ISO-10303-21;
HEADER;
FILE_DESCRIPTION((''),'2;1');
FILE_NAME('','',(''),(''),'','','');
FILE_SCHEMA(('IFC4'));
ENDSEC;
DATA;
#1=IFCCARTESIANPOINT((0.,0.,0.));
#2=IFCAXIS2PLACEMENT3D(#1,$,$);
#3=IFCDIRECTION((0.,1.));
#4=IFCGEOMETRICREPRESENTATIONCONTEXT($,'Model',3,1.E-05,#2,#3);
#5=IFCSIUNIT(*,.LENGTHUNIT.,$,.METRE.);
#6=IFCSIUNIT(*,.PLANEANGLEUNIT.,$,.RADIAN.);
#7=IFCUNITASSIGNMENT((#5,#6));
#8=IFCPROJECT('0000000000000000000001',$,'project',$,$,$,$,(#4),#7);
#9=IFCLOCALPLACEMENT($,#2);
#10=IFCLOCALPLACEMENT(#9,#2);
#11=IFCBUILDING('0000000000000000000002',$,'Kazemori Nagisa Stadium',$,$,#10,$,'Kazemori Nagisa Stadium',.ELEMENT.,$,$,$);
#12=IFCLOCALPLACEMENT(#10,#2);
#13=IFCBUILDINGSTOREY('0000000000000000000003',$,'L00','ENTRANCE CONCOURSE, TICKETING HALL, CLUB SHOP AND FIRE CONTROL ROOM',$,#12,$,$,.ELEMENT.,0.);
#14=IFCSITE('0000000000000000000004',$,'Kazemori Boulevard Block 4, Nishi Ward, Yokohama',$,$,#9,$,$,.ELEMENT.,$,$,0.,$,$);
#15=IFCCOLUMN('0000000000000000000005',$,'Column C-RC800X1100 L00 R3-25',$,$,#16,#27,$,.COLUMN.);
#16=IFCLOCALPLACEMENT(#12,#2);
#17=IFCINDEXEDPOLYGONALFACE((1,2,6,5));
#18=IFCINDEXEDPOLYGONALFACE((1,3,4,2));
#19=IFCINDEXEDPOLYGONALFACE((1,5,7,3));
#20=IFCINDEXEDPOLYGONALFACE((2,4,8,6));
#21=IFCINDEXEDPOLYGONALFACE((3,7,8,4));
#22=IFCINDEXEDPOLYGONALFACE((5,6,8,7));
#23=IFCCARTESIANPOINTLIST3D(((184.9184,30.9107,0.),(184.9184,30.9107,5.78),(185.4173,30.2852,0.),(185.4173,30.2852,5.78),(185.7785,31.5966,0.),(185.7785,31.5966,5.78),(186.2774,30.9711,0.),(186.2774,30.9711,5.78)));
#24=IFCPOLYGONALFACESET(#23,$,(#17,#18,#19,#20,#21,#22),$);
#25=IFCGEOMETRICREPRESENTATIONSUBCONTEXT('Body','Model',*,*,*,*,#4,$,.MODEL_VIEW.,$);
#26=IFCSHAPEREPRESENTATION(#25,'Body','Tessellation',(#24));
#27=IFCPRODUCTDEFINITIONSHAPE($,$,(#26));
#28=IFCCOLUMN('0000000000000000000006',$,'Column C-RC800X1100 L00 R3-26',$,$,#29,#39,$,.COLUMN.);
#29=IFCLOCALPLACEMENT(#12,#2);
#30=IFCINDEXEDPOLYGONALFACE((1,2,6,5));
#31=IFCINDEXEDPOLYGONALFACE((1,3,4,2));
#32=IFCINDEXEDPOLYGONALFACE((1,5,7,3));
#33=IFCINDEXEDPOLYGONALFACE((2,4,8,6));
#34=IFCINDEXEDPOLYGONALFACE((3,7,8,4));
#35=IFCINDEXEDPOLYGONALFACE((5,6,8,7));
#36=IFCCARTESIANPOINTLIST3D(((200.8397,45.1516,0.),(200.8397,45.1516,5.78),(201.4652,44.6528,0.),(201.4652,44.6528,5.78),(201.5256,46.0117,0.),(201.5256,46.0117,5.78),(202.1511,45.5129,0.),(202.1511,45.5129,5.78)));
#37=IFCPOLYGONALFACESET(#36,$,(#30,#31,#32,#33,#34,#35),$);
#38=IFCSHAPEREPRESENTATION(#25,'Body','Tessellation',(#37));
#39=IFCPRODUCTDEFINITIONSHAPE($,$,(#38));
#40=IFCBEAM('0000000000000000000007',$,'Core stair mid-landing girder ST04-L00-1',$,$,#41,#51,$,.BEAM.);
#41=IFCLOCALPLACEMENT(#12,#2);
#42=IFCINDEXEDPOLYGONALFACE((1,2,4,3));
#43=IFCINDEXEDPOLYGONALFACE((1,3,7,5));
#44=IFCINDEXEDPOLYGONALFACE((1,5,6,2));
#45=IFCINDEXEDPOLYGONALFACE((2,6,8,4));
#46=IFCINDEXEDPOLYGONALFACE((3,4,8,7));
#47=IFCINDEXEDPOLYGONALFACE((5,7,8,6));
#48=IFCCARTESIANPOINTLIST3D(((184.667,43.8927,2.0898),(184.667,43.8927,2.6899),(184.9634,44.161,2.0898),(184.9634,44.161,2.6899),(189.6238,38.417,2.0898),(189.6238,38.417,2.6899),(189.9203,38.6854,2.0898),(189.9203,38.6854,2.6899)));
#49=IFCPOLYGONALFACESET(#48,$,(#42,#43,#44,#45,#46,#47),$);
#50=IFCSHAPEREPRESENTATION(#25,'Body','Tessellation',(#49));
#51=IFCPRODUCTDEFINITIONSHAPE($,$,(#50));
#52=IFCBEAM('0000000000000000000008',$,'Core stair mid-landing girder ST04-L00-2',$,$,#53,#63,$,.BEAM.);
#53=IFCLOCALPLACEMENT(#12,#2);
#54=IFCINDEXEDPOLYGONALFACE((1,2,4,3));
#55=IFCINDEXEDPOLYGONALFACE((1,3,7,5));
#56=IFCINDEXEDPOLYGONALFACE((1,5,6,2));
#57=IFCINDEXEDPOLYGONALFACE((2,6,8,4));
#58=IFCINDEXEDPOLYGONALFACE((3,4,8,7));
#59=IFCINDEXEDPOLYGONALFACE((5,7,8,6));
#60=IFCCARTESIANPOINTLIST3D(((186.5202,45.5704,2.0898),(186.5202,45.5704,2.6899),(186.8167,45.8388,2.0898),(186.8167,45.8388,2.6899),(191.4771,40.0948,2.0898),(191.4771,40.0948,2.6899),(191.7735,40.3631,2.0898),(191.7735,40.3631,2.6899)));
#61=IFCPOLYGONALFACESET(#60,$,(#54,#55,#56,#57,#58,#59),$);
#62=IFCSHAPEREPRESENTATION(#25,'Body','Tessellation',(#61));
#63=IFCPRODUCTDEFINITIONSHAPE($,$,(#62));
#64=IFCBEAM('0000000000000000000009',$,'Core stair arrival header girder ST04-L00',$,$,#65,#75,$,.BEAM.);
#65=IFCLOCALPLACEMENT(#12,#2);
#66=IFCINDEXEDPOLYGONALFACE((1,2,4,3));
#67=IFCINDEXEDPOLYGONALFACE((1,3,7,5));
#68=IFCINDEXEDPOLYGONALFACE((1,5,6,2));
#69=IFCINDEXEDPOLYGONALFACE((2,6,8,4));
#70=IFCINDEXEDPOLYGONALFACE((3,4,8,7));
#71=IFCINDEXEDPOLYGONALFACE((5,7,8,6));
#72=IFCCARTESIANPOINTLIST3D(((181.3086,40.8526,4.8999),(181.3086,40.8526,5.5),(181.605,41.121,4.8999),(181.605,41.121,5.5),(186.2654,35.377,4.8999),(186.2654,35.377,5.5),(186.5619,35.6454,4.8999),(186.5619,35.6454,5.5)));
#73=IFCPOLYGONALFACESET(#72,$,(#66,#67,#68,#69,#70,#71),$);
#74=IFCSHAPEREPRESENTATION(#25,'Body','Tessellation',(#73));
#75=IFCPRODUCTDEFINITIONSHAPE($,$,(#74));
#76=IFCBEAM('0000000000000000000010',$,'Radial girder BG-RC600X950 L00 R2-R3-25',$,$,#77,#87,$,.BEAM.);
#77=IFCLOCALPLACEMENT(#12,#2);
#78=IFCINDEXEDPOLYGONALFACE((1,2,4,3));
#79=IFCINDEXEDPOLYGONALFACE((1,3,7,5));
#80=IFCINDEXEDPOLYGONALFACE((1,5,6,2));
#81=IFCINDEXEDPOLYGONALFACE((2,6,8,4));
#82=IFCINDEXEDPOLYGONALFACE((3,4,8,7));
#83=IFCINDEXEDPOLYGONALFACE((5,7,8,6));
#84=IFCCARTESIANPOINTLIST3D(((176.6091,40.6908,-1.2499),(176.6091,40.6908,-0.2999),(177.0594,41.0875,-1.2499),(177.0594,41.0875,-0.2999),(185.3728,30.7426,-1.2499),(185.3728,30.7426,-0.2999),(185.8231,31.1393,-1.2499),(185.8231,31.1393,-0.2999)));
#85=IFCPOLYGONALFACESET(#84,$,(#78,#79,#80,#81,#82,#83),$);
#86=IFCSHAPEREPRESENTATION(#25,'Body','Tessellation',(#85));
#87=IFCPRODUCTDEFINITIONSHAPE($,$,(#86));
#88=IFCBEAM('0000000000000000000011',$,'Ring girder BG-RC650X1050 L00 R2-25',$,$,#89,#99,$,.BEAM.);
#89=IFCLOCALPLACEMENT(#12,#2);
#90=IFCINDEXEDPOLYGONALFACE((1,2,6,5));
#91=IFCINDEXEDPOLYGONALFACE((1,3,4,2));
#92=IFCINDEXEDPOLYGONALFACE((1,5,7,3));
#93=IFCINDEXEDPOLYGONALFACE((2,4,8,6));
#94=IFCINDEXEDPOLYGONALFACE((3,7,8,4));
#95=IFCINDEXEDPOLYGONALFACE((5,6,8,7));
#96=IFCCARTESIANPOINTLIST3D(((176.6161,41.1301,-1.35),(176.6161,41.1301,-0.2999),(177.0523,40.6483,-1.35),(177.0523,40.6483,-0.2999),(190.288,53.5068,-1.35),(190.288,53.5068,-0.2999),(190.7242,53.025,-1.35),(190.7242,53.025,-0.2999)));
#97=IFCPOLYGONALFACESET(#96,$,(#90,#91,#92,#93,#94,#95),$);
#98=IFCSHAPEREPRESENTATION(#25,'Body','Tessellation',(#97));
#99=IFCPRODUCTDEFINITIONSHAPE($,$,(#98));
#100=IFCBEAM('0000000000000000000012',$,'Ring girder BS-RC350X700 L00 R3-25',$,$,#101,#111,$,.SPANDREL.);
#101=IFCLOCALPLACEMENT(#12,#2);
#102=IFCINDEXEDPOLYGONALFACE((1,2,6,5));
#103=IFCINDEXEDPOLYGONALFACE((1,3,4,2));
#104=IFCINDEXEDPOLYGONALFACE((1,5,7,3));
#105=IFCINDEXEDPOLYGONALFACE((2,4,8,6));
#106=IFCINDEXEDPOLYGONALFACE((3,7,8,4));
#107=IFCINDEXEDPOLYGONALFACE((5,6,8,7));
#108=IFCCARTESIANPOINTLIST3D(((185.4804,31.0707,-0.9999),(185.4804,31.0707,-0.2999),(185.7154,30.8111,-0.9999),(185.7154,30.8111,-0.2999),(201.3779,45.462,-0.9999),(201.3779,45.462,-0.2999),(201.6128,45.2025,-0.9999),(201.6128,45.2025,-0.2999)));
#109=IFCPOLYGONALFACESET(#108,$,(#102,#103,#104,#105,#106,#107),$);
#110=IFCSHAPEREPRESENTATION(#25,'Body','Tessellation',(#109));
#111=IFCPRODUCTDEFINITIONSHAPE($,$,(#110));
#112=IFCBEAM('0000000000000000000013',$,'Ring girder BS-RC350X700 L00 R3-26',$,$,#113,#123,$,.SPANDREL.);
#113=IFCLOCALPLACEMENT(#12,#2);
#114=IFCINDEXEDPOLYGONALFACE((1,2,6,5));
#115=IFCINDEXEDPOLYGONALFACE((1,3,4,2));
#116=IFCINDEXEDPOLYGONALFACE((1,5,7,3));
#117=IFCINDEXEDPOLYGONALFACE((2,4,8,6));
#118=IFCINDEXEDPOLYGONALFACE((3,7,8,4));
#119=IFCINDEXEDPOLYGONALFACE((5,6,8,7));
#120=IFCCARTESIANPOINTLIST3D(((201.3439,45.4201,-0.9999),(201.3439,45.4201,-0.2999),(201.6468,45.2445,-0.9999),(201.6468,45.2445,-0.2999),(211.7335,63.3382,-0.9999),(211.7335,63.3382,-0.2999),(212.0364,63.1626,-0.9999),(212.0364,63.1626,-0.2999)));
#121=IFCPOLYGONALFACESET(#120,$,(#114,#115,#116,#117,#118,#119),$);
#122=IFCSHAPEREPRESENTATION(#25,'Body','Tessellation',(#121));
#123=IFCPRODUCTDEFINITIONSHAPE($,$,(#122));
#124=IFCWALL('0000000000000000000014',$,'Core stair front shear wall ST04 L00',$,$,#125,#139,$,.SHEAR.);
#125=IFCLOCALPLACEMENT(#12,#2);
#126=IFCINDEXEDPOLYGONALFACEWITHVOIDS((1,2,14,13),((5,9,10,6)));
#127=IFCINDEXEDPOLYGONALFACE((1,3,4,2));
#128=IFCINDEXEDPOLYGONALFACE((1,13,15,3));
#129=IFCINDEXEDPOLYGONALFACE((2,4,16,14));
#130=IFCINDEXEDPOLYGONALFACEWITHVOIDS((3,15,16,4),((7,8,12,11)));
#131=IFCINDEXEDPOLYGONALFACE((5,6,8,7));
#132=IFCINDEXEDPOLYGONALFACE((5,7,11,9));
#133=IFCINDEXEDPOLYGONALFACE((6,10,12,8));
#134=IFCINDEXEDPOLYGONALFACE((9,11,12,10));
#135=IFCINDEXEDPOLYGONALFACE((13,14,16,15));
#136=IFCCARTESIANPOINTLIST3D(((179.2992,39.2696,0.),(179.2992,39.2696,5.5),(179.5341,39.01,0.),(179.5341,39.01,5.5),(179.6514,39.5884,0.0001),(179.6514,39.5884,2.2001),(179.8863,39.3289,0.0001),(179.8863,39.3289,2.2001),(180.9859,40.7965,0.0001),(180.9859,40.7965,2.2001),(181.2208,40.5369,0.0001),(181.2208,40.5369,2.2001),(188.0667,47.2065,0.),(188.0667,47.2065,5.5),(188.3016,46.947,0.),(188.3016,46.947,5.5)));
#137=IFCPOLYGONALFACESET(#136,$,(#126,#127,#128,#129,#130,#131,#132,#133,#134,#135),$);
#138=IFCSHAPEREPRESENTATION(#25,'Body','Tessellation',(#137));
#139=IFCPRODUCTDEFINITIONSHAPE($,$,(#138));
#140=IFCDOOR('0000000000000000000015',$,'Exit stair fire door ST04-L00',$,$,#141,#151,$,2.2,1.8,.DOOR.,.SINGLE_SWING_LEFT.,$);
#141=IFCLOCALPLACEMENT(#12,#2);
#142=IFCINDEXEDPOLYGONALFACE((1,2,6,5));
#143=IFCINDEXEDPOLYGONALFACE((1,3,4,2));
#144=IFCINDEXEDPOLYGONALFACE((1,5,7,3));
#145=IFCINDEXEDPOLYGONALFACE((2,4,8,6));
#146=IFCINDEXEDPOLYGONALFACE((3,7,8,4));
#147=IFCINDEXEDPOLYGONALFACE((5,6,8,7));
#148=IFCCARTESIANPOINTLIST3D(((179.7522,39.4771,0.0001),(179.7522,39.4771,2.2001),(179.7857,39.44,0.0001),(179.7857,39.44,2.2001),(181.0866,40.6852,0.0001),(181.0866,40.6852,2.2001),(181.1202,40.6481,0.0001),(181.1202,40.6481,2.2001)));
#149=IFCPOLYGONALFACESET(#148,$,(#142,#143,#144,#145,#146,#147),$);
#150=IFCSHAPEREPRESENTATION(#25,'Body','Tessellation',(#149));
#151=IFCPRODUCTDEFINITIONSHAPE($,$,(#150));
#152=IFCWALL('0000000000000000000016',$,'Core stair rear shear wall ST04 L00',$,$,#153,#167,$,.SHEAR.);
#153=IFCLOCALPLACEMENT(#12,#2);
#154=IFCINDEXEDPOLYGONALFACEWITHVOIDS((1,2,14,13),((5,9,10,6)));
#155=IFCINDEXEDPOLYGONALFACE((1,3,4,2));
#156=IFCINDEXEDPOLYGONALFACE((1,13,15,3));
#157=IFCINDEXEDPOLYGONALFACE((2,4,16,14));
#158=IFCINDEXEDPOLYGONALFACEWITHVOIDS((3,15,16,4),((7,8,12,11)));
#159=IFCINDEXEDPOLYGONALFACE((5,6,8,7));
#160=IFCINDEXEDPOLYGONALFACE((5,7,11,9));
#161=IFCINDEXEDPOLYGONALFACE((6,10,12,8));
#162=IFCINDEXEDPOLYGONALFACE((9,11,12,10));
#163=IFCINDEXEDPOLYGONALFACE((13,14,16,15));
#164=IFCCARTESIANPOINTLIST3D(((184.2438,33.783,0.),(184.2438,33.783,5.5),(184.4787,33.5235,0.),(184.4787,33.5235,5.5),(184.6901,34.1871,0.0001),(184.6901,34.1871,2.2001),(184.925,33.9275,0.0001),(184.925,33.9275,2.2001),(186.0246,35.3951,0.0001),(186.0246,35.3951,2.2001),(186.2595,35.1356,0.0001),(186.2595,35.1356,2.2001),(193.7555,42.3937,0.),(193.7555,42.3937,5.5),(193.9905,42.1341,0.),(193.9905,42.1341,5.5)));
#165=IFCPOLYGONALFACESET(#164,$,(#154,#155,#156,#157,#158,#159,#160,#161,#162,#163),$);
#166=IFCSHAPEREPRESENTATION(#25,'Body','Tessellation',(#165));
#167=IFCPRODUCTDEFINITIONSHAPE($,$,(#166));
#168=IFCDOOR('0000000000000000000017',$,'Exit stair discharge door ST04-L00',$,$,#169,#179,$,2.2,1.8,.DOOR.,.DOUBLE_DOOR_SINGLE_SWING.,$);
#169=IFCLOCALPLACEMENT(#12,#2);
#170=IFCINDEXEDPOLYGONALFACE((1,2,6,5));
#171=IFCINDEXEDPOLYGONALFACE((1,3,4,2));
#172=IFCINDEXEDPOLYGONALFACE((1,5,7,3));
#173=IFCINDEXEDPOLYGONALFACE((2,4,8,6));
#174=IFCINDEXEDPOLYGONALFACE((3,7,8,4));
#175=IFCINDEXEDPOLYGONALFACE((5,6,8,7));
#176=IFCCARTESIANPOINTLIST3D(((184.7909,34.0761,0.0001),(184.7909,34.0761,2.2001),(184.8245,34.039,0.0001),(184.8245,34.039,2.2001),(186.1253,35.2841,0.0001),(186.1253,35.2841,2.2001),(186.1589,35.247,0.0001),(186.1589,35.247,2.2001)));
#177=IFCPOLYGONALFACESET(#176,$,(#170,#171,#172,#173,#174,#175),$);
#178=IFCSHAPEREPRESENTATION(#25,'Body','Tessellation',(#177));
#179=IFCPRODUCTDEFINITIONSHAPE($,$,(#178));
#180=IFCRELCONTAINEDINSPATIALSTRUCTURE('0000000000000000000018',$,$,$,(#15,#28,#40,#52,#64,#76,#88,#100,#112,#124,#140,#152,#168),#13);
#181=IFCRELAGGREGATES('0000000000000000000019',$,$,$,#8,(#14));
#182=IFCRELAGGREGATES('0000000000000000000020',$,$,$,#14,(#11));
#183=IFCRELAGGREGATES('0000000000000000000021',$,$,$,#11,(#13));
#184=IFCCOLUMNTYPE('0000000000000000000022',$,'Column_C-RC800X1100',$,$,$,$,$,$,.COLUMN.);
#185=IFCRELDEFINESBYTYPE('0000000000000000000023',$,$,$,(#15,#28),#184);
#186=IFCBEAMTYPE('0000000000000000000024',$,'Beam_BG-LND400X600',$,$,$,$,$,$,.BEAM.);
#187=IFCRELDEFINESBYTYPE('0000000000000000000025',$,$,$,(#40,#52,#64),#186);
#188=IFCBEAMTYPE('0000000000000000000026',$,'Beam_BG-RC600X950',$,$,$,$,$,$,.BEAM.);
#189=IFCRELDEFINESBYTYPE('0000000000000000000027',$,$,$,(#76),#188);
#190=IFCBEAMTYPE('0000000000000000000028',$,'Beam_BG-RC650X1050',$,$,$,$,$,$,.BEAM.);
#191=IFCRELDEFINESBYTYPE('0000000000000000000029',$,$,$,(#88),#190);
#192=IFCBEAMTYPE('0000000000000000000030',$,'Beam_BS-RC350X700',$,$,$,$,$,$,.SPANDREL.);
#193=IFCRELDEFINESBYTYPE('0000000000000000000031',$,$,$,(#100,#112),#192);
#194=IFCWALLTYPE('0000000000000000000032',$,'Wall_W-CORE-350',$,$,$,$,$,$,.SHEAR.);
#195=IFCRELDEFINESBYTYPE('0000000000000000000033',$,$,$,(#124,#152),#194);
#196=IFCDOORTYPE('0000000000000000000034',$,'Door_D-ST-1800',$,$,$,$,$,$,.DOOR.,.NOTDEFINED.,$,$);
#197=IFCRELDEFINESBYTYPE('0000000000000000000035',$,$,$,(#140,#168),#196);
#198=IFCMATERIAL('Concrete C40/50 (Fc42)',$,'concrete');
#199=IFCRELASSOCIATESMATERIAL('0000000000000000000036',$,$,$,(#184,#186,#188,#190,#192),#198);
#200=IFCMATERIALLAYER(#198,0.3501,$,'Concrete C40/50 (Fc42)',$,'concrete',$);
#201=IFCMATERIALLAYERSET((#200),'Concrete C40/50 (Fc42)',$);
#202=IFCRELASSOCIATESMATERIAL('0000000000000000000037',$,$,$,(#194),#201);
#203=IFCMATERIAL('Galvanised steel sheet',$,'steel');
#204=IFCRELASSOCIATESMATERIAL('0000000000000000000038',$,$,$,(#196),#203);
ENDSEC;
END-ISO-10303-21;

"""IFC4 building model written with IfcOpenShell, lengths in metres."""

from ifc_helpers import new_model, si_unit, direction, frame, frame_2d, origin, origin_2d, place, context, subcontext, project, spatial, rectangle, extrude, material, layer, layer_set, material_profile, profile_set, type_object, element, fill, save


model = new_model("IFC4")

# Units and contexts
model_context = context("Model", 3, precision=1e-05, world=origin(), true_north=direction((0.0, 1.0)))
body_context = subcontext(model_context, "Body", "Model", "MODEL_VIEW")
ifc_project = project(units=[si_unit("LENGTHUNIT", "METRE"), si_unit("PLANEANGLEUNIT", "RADIAN")], contexts=[model_context])

# Site, building, storey
site_placement = place(None, origin())
site = spatial("IfcSite", under=ifc_project, at=site_placement, Name="Kazemori Boulevard Block 4, Nishi Ward, Yokohama", CompositionType="ELEMENT", RefElevation=0.0)
building_placement = place(site_placement, origin())
building = spatial("IfcBuilding", under=site, at=building_placement, Name="Kazemori Nagisa Stadium", LongName="Kazemori Nagisa Stadium", CompositionType="ELEMENT")
storey_placement = place(building_placement, origin())
storey = spatial("IfcBuildingStorey", under=building, at=storey_placement, Name="L00", Description="ENTRANCE CONCOURSE, TICKETING HALL, CLUB SHOP AND FIRE CONTROL ROOM", CompositionType="ELEMENT", Elevation=0.0)

# Columns
ifc_material_1 = material(Name="Concrete C40/50 (Fc42)", Category="concrete")
ifc_material_profile_1 = material_profile(ifc_material_1, rectangle(XDim=0.8, YDim=1.1001, at=origin_2d()), Name="RC-COL-800x1100")
ifc_profile_set_1 = profile_set([ifc_material_profile_1], Name="Concrete C40/50 (Fc42)")
column_type = type_object("IfcColumnType", Name="Column_C-RC800X1100", PredefinedType="COLUMN", material=ifc_profile_set_1)
for number, where, z_axis, x_axis, name in (
    (1, (185.5979, 30.9409, 0.0), (0.0, 0.0, 1.0), (0.62349, -0.781831, 0.0), "Column C-RC800X1100 L00 R3-25"),
    (2, (201.4954, 45.3323, 0.0), (0.0, 0.0, 1.0), (0.781831, -0.62349, 0.0), "Column C-RC800X1100 L00 R3-26"),
):
    element("IfcColumn", number, at=place(storey_placement, frame(where, z_axis=z_axis, x_axis=x_axis)), inside=storey, type_object=column_type, Name=name, PredefinedType="COLUMN", context=body_context, shape_type="SweptSolid", body=[
        extrude(rectangle(XDim=0.8, YDim=1.1001, at=origin_2d()), origin(), (0.0, 0.0, 1.0), 5.78),
    ])

# Beams
ifc_material_profile_2 = material_profile(ifc_material_1, rectangle(XDim=0.3999, YDim=0.6001, at=origin_2d()), Name="RC-BM-400x600")
ifc_profile_set_2 = profile_set([ifc_material_profile_2], Name="Concrete C40/50 (Fc42)")
beam_type_1 = type_object("IfcBeamType", Name="Beam_BG-LND400X600", PredefinedType="BEAM", material=ifc_profile_set_2)
for number, where, z_axis, x_axis, name in (
    (3, (184.8152, 44.0269, 2.3899), (0.671113, -0.741355, 0.0), (0.741355, 0.671113, 0.0), "Core stair mid-landing girder ST04-L00-1"),
    (4, (186.6685, 45.7046, 2.3899), (0.671113, -0.741355, 0.0), (0.741355, 0.671113, 0.0), "Core stair mid-landing girder ST04-L00-2"),
    (5, (181.4568, 40.9868, 5.2), (0.671113, -0.741355, 0.0), (0.741355, 0.671113, 0.0), "Core stair arrival header girder ST04-L00"),
):
    element("IfcBeam", number, at=place(storey_placement, frame(where, z_axis=z_axis, x_axis=x_axis)), inside=storey, type_object=beam_type_1, Name=name, PredefinedType="BEAM", context=body_context, shape_type="SweptSolid", body=[
        extrude(rectangle(XDim=0.3999, YDim=0.6001, at=origin_2d()), origin(), (0.0, 0.0, 1.0), 7.386),
    ])
ifc_material_profile_3 = material_profile(ifc_material_1, rectangle(XDim=0.6001, YDim=0.95, at=origin_2d()), Name="RC-BM-600x950")
ifc_profile_set_3 = profile_set([ifc_material_profile_3], Name="Concrete C40/50 (Fc42)")
beam_type_2 = type_object("IfcBeamType", Name="Beam_BG-RC600X950", PredefinedType="BEAM", material=ifc_profile_set_3)
beam_1_placement = place(storey_placement, frame((176.8342, 40.8892, -0.7749), z_axis=(0.66102, -0.750369, 0.0), x_axis=(0.750369, 0.66102, 0.0)))
element("IfcBeam", 6, at=beam_1_placement, inside=storey, type_object=beam_type_2, Name="Radial girder BG-RC600X950 L00 R2-R3-25", PredefinedType="BEAM", context=body_context, shape_type="SweptSolid", body=[
    extrude(rectangle(XDim=0.6001, YDim=0.95, at=origin_2d()), origin(), (0.0, 0.0, 1.0), 13.2578),
])
ifc_material_profile_4 = material_profile(ifc_material_1, rectangle(XDim=0.6499, YDim=1.05, at=origin_2d()), Name="RC-BM-650x1050")
ifc_profile_set_4 = profile_set([ifc_material_profile_4], Name="Concrete C40/50 (Fc42)")
beam_type_3 = type_object("IfcBeamType", Name="Beam_BG-RC650X1050", PredefinedType="BEAM", material=ifc_profile_set_4)
beam_2_placement = place(storey_placement, frame((176.8342, 40.8892, -0.825), z_axis=(0.741349, 0.67112, 0.0), x_axis=(-0.67112, 0.741349, 0.0)))
element("IfcBeam", 7, at=beam_2_placement, inside=storey, type_object=beam_type_3, Name="Ring girder BG-RC650X1050 L00 R2-25", PredefinedType="BEAM", context=body_context, shape_type="SweptSolid", body=[
    extrude(rectangle(XDim=0.6499, YDim=1.05, at=origin_2d()), origin(), (0.0, 0.0, 1.0), 18.4419),
])
ifc_material_profile_5 = material_profile(ifc_material_1, rectangle(XDim=0.3501, YDim=0.7, at=origin_2d()), Name="RC-SP-350x700")
ifc_profile_set_5 = profile_set([ifc_material_profile_5], Name="Concrete C40/50 (Fc42)")
beam_type_4 = type_object("IfcBeamType", Name="Beam_BS-RC350X700", PredefinedType="SPANDREL", material=ifc_profile_set_5)
beam_3_placement = place(storey_placement, frame((185.5979, 30.9409, -0.6499), z_axis=(0.741352, 0.671117, 0.0), x_axis=(-0.671117, 0.741352, 0.0)))
element("IfcBeam", 8, at=beam_3_placement, inside=storey, type_object=beam_type_4, Name="Ring girder BS-RC350X700 L00 R3-25", PredefinedType="SPANDREL", context=body_context, shape_type="SweptSolid", body=[
    extrude(rectangle(XDim=0.3501, YDim=0.7, at=origin_2d()), origin(), (0.0, 0.0, 1.0), 21.4438),
])
beam_4_placement = place(storey_placement, frame((201.4954, 45.3323, -0.6499), z_axis=(0.501613, 0.865092, 0.0), x_axis=(-0.865092, 0.501613, 0.0)))
element("IfcBeam", 9, at=beam_4_placement, inside=storey, type_object=beam_type_4, Name="Ring girder BS-RC350X700 L00 R3-26", PredefinedType="SPANDREL", context=body_context, shape_type="SweptSolid", body=[
    extrude(rectangle(XDim=0.3501, YDim=0.7, at=origin_2d()), origin(), (0.0, 0.0, 1.0), 20.7124),
])

# Walls, openings, doors
ifc_layer_1 = layer(ifc_material_1, 0.3501, Name="Concrete C40/50 (Fc42)", Category="concrete")
ifc_layer_set_1 = layer_set([ifc_layer_1], Name="Concrete C40/50 (Fc42)")
wall_type_1 = type_object("IfcWallType", Name="Wall_W-CORE-350", PredefinedType="SHEAR", material=ifc_layer_set_1)
wall_1_placement = place(storey_placement, frame((179.4167, 39.1399, 0.0), z_axis=(0.0, 0.0, 1.0), x_axis=(0.741349, 0.67112, 0.0)))
wall_1 = element("IfcWall", 10, at=wall_1_placement, inside=storey, type_object=wall_type_1, Name="Core stair front shear wall ST04 L00", PredefinedType="SHEAR", context=body_context, shape_type="SweptSolid", body=[
    extrude(rectangle(XDim=11.8264, YDim=0.3501, at=frame_2d((5.9131, 0.0))), origin(), (0.0, 0.0, 1.0), 5.5),
])
opening_1_placement = place(wall_1_placement, frame((0.4751, 0.0, 0.0)))
opening_1 = element("IfcOpeningElement", 11, at=opening_1_placement, cuts=wall_1, PredefinedType="OPENING", context=body_context, shape_type="SweptSolid", body=[
    extrude(rectangle(XDim=1.8, YDim=2.2, at=frame_2d((0.8999, 1.1001))), frame((0.0, 0.1851, 0.0), z_axis=(0.0, -1.0, 0.0), x_axis=(1.0, 0.0, 0.0)), (0.0, 0.0, 1.0), 0.3701),
])
ifc_material_2 = material(Name="Galvanised steel sheet", Category="steel")
door_type_1 = type_object("IfcDoorType", Name="Door_D-ST-1800", OperationType="NOTDEFINED", PredefinedType="DOOR", material=ifc_material_2)
door_1_placement = place(opening_1_placement, origin())
door_1 = element("IfcDoor", 12, at=door_1_placement, inside=storey, type_object=door_type_1, Name="Exit stair fire door ST04-L00", OperationType="SINGLE_SWING_LEFT", OverallHeight=2.2, OverallWidth=1.8, PredefinedType="DOOR", context=body_context, shape_type="SweptSolid", body=[
    extrude(rectangle(XDim=1.8, YDim=2.2, at=frame_2d((0.8999, 1.1001))), frame((0.0, 0.0249, 0.0), z_axis=(0.0, -1.0, 0.0), x_axis=(1.0, 0.0, 0.0)), (0.0, 0.0, 1.0), 0.05),
])
fill(opening_1, door_1)
wall_2_placement = place(storey_placement, frame((184.3613, 33.6533, 0.0), z_axis=(0.0, 0.0, 1.0), x_axis=(0.741351, 0.671117, 0.0)))
wall_2 = element("IfcWall", 13, at=wall_2_placement, inside=storey, type_object=wall_type_1, Name="Core stair rear shear wall ST04 L00", PredefinedType="SHEAR", context=body_context, shape_type="SweptSolid", body=[
    extrude(rectangle(XDim=12.8303, YDim=0.3501, at=frame_2d((6.415, 0.0))), origin(), (0.0, 0.0, 1.0), 5.5),
])
opening_2_placement = place(wall_2_placement, frame((0.6021, 0.0, 0.0)))
opening_2 = element("IfcOpeningElement", 14, at=opening_2_placement, cuts=wall_2, PredefinedType="OPENING", context=body_context, shape_type="SweptSolid", body=[
    extrude(rectangle(XDim=1.8, YDim=2.2, at=frame_2d((0.8999, 1.1001))), frame((0.0, 0.1851, 0.0), z_axis=(0.0, -1.0, 0.0), x_axis=(1.0, 0.0, 0.0)), (0.0, 0.0, 1.0), 0.3701),
])
door_2_placement = place(opening_2_placement, frame((1.8, 0.0, 0.0), z_axis=(0.0, 0.0, 1.0), x_axis=(-1.0, 0.0, 0.0)))
door_2 = element("IfcDoor", 15, at=door_2_placement, inside=storey, type_object=door_type_1, Name="Exit stair discharge door ST04-L00", OperationType="DOUBLE_DOOR_SINGLE_SWING", OverallHeight=2.2, OverallWidth=1.8, PredefinedType="DOOR", context=body_context, shape_type="SweptSolid", body=[
    extrude(rectangle(XDim=1.8, YDim=2.2, at=frame_2d((0.8999, 1.1001))), frame((0.0, 0.0249, 0.0), z_axis=(0.0, -1.0, 0.0), x_axis=(1.0, 0.0, 0.0)), (0.0, 0.0, 1.0), 0.05),
])
fill(opening_2, door_2)

save(model, "model.ifc")
